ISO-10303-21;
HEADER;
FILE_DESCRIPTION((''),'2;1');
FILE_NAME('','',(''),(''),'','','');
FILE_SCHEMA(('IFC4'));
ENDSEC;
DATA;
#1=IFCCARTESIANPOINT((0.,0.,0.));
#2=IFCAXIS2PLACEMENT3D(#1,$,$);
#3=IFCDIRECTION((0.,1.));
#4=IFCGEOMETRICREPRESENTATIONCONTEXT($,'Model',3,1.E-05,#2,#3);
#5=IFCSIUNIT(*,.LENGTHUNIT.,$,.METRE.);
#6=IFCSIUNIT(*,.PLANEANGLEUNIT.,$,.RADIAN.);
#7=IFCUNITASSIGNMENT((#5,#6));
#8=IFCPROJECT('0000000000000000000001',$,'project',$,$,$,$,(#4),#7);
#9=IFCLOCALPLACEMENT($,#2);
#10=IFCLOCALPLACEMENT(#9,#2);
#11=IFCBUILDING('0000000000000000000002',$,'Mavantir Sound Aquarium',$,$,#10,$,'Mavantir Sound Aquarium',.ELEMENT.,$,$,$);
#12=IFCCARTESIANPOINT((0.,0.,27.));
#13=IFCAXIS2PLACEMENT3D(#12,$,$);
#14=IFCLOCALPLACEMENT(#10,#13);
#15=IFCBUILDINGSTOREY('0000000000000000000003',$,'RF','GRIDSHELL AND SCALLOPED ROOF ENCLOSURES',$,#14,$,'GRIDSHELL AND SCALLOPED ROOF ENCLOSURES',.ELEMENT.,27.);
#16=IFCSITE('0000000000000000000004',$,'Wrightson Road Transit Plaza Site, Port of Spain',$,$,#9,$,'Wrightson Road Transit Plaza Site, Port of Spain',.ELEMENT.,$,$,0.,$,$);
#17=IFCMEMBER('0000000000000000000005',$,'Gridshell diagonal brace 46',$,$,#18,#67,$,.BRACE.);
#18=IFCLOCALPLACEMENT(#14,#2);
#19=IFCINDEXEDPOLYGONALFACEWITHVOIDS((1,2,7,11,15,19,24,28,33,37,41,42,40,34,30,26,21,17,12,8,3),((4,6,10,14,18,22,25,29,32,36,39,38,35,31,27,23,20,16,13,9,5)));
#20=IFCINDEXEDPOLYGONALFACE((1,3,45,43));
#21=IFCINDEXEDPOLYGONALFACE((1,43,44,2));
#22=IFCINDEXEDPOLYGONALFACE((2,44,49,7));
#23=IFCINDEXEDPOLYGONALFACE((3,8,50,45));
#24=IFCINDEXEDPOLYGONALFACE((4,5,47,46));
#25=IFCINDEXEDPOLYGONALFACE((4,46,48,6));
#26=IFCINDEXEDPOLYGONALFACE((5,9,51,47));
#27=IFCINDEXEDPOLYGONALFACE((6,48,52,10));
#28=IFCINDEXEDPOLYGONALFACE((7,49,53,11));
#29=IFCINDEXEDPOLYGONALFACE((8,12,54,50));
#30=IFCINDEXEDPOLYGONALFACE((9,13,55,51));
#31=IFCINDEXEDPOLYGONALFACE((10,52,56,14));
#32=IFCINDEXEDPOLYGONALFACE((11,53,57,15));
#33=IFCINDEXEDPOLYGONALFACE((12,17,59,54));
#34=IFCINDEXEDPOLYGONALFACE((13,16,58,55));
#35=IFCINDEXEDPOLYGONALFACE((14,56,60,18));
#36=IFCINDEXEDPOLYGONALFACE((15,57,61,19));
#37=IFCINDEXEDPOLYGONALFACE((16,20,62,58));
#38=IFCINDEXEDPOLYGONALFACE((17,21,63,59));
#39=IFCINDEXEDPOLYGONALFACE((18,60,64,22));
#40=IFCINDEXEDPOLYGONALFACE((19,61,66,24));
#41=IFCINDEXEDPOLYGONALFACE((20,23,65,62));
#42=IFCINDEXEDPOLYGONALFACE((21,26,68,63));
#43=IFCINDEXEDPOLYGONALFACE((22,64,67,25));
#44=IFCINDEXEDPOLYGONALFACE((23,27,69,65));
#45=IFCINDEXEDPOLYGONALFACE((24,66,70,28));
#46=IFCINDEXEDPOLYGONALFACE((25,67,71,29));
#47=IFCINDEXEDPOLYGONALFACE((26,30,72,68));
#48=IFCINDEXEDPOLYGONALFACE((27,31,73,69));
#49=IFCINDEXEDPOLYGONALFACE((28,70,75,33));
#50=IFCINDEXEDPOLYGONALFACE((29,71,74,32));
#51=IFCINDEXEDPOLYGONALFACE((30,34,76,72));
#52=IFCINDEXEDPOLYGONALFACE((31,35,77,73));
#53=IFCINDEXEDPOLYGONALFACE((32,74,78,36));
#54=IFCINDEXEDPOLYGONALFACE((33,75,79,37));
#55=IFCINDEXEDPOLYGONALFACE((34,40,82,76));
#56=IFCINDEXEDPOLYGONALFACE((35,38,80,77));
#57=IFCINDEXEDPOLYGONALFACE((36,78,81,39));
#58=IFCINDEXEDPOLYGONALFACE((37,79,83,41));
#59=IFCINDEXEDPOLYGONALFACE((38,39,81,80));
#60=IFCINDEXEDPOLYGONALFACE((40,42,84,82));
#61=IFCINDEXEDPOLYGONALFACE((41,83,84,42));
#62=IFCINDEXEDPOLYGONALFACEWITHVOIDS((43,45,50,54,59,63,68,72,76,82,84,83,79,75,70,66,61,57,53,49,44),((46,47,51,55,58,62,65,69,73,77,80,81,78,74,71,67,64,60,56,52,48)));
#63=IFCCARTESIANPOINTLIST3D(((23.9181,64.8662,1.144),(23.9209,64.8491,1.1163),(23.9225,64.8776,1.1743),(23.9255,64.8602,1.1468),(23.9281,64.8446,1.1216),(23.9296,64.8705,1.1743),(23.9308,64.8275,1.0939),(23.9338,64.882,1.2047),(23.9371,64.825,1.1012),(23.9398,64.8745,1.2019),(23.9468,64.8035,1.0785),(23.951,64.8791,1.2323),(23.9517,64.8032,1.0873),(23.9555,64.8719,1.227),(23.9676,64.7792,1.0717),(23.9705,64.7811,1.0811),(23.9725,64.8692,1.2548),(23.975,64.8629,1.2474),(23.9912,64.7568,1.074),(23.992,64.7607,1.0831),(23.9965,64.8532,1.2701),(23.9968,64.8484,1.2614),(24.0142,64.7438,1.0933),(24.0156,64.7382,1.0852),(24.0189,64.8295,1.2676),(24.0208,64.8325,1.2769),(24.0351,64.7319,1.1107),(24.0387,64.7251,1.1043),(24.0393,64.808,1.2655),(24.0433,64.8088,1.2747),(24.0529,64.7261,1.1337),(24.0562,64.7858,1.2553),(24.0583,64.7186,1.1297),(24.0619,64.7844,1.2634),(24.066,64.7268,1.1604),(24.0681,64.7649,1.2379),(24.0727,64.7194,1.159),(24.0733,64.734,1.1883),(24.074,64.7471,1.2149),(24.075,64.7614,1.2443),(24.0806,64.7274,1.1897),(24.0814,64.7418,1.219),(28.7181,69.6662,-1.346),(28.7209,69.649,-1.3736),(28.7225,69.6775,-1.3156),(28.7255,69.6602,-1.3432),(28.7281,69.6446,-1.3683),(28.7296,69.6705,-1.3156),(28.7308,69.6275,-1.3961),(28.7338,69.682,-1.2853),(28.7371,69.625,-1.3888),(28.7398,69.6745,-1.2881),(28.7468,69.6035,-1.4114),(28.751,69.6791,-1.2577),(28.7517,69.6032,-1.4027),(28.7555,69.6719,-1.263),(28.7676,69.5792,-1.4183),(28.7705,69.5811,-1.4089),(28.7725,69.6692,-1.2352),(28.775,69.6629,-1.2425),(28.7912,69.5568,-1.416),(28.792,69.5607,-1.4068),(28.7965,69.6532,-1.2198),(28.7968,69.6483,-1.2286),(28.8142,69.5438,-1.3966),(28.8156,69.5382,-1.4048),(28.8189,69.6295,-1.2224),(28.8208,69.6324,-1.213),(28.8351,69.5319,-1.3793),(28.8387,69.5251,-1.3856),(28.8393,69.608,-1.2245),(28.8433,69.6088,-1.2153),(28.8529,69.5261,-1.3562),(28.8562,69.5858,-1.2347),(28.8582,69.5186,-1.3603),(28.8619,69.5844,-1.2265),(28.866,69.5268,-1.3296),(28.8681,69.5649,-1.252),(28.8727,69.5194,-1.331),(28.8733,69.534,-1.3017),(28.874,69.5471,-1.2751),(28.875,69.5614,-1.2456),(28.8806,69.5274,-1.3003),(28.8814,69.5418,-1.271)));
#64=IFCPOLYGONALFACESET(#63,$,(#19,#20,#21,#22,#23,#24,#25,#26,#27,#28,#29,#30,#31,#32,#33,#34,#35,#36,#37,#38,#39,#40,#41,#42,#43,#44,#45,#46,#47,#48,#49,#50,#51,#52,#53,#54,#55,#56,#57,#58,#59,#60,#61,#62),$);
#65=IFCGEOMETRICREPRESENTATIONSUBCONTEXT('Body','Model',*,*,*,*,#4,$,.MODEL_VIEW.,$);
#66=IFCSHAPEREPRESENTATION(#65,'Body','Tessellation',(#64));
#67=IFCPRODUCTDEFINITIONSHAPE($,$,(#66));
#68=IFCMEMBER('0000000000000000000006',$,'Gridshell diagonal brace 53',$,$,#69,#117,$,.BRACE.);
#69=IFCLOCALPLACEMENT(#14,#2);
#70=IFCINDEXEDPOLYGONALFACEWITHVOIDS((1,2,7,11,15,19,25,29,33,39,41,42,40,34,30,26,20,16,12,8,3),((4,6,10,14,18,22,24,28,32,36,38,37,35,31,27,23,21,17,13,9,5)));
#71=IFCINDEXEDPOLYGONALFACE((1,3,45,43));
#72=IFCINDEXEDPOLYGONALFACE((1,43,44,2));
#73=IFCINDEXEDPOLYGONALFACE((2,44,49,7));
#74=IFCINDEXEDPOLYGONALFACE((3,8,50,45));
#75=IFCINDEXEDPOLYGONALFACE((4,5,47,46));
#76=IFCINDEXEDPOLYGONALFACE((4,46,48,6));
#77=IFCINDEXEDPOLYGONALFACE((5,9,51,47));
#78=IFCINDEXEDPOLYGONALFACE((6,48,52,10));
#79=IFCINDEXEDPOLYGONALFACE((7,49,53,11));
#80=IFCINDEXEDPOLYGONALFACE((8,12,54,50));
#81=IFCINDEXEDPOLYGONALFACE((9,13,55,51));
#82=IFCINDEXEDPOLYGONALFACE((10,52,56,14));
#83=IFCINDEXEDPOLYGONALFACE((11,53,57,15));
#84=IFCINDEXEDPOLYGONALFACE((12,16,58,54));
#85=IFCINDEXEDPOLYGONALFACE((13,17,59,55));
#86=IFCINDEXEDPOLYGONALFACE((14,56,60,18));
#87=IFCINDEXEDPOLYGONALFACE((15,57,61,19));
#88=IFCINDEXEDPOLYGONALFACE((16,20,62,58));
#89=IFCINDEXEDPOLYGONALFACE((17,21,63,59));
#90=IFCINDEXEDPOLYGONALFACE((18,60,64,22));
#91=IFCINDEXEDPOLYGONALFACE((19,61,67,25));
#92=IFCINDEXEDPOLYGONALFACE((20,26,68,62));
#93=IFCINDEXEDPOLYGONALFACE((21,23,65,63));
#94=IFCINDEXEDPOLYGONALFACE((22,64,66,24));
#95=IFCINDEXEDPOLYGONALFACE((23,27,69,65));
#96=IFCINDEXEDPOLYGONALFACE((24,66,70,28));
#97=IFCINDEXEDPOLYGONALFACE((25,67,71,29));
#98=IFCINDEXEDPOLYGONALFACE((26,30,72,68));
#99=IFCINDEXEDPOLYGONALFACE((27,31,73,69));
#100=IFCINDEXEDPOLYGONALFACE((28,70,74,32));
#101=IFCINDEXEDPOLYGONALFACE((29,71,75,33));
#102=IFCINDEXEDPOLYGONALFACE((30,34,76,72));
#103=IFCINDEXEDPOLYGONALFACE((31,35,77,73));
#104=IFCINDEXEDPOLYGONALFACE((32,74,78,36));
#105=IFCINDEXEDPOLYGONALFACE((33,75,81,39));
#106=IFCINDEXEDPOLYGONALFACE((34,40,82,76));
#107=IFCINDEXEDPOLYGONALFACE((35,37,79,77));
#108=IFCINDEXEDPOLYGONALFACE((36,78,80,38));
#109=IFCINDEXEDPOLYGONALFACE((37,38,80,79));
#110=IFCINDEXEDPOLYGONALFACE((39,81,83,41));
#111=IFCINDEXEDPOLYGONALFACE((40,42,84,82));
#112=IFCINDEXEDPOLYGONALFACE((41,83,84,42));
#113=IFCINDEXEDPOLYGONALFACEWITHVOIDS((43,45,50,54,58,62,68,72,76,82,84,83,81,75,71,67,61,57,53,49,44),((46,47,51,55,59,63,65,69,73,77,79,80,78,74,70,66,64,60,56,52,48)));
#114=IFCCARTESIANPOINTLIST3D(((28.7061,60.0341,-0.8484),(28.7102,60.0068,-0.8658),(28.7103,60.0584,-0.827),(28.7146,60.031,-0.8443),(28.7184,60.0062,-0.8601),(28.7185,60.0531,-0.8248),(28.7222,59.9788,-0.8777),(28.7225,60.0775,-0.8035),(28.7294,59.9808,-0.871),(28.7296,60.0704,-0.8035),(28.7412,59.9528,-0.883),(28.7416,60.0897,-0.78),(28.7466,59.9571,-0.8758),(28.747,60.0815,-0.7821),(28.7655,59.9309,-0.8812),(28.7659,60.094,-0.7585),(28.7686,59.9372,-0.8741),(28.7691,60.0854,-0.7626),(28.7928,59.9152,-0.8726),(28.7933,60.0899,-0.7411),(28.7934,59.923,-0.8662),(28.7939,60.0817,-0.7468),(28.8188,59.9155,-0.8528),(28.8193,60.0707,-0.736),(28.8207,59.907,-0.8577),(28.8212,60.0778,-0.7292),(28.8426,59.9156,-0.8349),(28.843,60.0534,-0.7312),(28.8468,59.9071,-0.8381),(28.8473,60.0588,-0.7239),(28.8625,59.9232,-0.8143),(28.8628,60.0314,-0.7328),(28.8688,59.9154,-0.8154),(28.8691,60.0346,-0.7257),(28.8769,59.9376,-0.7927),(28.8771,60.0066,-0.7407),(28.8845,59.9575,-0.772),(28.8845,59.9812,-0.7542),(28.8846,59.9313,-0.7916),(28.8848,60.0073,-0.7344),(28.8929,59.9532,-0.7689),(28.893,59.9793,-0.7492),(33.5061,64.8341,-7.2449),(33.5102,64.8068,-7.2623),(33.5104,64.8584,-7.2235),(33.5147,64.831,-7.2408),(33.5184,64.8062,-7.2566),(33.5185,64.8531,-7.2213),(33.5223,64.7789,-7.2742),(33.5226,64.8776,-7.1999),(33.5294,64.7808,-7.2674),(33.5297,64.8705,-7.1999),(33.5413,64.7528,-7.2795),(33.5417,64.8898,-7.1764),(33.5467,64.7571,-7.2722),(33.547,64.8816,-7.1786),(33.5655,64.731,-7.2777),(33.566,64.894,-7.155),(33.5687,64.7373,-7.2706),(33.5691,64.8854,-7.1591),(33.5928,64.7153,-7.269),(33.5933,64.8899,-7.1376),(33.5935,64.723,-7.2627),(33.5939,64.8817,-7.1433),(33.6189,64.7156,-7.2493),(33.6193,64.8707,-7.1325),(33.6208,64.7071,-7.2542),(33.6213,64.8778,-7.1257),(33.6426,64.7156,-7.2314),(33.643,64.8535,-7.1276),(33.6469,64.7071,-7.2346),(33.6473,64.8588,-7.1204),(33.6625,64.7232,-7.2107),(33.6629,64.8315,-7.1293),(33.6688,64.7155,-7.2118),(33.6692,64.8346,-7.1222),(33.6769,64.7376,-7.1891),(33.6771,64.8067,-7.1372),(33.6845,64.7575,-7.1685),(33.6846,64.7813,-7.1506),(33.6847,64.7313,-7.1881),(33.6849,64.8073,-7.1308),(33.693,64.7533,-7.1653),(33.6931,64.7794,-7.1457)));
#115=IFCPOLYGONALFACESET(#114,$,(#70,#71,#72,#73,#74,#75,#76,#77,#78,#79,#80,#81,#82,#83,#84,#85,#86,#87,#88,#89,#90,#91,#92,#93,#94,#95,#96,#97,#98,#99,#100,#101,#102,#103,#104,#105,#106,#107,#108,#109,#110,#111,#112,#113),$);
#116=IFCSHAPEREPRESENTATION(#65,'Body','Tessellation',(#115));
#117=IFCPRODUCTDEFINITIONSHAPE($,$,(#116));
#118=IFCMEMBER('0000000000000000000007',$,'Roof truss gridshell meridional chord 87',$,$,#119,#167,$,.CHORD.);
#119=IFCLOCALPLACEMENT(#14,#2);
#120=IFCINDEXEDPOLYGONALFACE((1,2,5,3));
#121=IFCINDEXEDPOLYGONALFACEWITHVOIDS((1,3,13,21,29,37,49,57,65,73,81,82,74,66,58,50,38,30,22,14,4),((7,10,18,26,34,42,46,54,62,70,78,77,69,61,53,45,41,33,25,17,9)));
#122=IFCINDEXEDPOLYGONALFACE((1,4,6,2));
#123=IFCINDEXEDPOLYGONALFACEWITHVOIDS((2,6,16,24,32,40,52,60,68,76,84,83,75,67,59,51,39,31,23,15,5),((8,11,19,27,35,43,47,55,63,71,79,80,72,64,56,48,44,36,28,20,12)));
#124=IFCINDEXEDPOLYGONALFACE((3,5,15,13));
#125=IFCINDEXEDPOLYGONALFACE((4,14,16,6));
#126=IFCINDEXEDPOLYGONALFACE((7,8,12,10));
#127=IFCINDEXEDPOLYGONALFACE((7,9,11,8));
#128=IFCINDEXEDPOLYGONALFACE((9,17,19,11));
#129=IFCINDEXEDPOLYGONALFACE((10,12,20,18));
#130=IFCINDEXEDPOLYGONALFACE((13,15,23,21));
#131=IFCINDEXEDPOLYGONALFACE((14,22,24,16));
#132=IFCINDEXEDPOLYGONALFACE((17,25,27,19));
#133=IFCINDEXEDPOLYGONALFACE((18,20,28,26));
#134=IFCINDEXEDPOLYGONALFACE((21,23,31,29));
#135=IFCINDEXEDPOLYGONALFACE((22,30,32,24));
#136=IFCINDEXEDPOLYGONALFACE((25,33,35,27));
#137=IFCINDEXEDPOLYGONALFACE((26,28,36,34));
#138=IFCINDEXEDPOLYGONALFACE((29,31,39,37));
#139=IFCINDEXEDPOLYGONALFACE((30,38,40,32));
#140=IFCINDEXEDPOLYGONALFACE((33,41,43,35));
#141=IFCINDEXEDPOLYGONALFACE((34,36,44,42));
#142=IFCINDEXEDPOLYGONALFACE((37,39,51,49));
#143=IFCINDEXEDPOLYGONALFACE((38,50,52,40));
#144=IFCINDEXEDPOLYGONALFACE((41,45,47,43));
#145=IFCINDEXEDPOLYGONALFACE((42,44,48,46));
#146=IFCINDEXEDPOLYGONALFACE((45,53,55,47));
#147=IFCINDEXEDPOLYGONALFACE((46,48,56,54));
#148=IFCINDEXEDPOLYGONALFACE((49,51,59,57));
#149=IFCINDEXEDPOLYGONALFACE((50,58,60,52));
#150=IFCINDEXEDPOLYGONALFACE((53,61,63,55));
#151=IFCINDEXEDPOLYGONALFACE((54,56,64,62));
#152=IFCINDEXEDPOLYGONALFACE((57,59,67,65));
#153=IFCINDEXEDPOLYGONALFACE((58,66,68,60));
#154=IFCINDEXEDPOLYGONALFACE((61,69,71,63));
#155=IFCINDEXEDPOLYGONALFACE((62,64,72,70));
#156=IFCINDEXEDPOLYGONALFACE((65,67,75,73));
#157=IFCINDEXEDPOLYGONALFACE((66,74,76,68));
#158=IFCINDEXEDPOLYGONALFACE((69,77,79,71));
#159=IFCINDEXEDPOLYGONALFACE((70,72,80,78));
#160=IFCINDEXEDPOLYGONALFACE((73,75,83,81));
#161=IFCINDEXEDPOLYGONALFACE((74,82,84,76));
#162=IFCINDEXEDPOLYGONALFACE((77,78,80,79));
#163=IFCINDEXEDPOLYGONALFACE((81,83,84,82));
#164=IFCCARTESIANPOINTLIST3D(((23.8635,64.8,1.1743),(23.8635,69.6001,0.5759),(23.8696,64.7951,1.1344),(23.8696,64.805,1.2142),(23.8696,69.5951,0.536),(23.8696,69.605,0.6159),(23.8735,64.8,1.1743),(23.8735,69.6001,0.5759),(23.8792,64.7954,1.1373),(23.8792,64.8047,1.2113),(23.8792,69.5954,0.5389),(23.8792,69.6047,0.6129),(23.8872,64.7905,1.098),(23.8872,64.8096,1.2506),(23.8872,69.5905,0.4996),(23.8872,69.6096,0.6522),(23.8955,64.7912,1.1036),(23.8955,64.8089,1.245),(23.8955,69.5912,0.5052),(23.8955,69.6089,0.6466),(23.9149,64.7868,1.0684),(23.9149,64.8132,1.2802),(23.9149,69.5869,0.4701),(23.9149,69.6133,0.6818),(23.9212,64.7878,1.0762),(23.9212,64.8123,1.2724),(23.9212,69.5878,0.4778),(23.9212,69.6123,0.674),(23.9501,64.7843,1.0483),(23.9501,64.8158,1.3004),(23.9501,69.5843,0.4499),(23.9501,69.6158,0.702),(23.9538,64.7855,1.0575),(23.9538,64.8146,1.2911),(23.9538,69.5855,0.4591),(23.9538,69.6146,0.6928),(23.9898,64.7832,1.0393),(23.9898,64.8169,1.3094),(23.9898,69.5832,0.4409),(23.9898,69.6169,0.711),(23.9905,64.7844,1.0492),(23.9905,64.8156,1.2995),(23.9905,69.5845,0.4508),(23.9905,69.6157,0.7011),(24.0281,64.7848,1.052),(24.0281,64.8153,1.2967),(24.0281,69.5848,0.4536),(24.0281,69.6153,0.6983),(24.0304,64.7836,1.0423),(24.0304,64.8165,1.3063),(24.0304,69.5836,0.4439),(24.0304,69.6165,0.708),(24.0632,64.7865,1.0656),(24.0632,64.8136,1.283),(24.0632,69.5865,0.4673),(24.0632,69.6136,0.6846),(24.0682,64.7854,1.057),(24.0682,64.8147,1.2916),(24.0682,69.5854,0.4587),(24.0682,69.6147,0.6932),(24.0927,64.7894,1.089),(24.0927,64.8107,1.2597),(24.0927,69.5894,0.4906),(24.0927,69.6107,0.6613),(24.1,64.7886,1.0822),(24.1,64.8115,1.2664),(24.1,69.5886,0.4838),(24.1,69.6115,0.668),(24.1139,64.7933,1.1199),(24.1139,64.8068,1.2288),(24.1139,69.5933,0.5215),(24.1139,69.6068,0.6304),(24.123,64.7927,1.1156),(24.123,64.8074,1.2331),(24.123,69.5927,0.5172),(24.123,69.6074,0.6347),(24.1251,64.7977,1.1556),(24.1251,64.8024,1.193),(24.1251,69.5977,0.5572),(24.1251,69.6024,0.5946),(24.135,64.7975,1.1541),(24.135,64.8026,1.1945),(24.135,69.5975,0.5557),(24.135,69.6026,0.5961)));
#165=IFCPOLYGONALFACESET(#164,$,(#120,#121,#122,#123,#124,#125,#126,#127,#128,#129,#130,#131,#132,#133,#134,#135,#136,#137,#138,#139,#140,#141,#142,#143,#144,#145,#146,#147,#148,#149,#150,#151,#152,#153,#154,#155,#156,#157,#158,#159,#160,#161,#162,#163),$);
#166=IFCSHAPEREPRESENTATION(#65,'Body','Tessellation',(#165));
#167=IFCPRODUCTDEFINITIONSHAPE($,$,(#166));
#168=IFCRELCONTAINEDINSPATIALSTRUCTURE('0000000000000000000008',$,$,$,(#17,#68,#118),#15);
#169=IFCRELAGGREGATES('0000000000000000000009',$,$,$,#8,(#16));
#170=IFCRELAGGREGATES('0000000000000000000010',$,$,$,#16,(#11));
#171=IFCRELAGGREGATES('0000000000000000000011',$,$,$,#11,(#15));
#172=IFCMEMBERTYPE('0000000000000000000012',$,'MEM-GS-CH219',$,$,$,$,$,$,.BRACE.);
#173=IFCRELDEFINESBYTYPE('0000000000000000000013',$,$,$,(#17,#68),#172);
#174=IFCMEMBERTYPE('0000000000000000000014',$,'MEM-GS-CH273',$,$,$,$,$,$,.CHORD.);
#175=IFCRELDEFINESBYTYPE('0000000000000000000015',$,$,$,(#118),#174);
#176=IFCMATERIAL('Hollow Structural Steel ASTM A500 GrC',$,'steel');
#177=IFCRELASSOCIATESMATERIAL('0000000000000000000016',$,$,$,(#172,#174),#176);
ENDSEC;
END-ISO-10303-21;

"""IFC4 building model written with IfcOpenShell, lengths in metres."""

from ifc_helpers import new_model, si_unit, direction, frame, origin, origin_2d, place, context, subcontext, project, spatial, hollow_circle, extrude, material, material_profile, profile_set, type_object, element, save


model = new_model("IFC4")

# Units and contexts
model_context = context("Model", 3, precision=1e-05, world=origin(), true_north=direction((0.0, 1.0)))
body_context = subcontext(model_context, "Body", "Model", "MODEL_VIEW")
ifc_project = project(units=[si_unit("LENGTHUNIT", "METRE"), si_unit("PLANEANGLEUNIT", "RADIAN")], contexts=[model_context])

# Site, building, storey
site_placement = place(None, origin())
site = spatial("IfcSite", under=ifc_project, at=site_placement, Name="Wrightson Road Transit Plaza Site, Port of Spain", LongName="Wrightson Road Transit Plaza Site, Port of Spain", CompositionType="ELEMENT", RefElevation=0.0)
building_placement = place(site_placement, origin())
building = spatial("IfcBuilding", under=site, at=building_placement, Name="Mavantir Sound Aquarium", LongName="Mavantir Sound Aquarium", CompositionType="ELEMENT")
storey_placement = place(building_placement, frame((0.0, 0.0, 27.0)))
storey = spatial("IfcBuildingStorey", under=building, at=storey_placement, Name="RF", Description="GRIDSHELL AND SCALLOPED ROOF ENCLOSURES", LongName="GRIDSHELL AND SCALLOPED ROOF ENCLOSURES", CompositionType="ELEMENT", Elevation=27.0)

# Shared definitions
ifc_material_1 = material(Name="Hollow Structural Steel ASTM A500 GrC", Category="steel")

# Members
ifc_material_profile_1 = material_profile(ifc_material_1, hollow_circle(Radius=0.1096, WallThickness=0.01, at=origin_2d()), Name="CHS 219.1X10")
ifc_profile_set_1 = profile_set([ifc_material_profile_1], Name="Hollow Structural Steel ASTM A500 GrC")
member_type_1 = type_object("IfcMemberType", Name="MEM-GS-CH219", PredefinedType="BRACE", material=ifc_profile_set_1)
member_1_placement = place(storey_placement, frame((24.0, 64.8, 1.1743), z_axis=(0.663856, 0.663856, -0.34437), x_axis=(-0.707107, 0.707107, 0.0)))
element("IfcMember", 1, at=member_1_placement, inside=storey, type_object=member_type_1, Name="Gridshell diagonal brace 46", PredefinedType="BRACE", context=body_context, shape_type="SweptSolid", body=[
    extrude(hollow_circle(Radius=0.1096, WallThickness=0.01, at=origin_2d()), origin(), (0.0, 0.0, 1.0), 7.2305),
])
member_2_placement = place(storey_placement, frame((28.8, 60.0, -0.8035), z_axis=(0.514631, 0.514631, -0.685791), x_axis=(-0.707107, 0.707107, 0.0)))
element("IfcMember", 2, at=member_2_placement, inside=storey, type_object=member_type_1, Name="Gridshell diagonal brace 53", PredefinedType="BRACE", context=body_context, shape_type="SweptSolid", body=[
    extrude(hollow_circle(Radius=0.1096, WallThickness=0.01, at=origin_2d()), origin(), (0.0, 0.0, 1.0), 9.3271),
])
ifc_material_profile_2 = material_profile(ifc_material_1, hollow_circle(Radius=0.1365, WallThickness=0.01, at=origin_2d()), Name="CHS 273X10")
ifc_profile_set_2 = profile_set([ifc_material_profile_2], Name="Hollow Structural Steel ASTM A500 GrC")
member_type_2 = type_object("IfcMemberType", Name="MEM-GS-CH273", PredefinedType="CHORD", material=ifc_profile_set_2)
member_3_placement = place(storey_placement, frame((24.0, 64.8, 1.1743), z_axis=(0.0, 0.992319, -0.123705), x_axis=(-1.0, 0.0, 0.0)))
element("IfcMember", 3, at=member_3_placement, inside=storey, type_object=member_type_2, Name="Roof truss gridshell meridional chord 87", PredefinedType="CHORD", context=body_context, shape_type="SweptSolid", body=[
    extrude(hollow_circle(Radius=0.1365, WallThickness=0.01, at=origin_2d()), origin(), (0.0, 0.0, 1.0), 4.8372),
])

save(model, "model.ifc")
